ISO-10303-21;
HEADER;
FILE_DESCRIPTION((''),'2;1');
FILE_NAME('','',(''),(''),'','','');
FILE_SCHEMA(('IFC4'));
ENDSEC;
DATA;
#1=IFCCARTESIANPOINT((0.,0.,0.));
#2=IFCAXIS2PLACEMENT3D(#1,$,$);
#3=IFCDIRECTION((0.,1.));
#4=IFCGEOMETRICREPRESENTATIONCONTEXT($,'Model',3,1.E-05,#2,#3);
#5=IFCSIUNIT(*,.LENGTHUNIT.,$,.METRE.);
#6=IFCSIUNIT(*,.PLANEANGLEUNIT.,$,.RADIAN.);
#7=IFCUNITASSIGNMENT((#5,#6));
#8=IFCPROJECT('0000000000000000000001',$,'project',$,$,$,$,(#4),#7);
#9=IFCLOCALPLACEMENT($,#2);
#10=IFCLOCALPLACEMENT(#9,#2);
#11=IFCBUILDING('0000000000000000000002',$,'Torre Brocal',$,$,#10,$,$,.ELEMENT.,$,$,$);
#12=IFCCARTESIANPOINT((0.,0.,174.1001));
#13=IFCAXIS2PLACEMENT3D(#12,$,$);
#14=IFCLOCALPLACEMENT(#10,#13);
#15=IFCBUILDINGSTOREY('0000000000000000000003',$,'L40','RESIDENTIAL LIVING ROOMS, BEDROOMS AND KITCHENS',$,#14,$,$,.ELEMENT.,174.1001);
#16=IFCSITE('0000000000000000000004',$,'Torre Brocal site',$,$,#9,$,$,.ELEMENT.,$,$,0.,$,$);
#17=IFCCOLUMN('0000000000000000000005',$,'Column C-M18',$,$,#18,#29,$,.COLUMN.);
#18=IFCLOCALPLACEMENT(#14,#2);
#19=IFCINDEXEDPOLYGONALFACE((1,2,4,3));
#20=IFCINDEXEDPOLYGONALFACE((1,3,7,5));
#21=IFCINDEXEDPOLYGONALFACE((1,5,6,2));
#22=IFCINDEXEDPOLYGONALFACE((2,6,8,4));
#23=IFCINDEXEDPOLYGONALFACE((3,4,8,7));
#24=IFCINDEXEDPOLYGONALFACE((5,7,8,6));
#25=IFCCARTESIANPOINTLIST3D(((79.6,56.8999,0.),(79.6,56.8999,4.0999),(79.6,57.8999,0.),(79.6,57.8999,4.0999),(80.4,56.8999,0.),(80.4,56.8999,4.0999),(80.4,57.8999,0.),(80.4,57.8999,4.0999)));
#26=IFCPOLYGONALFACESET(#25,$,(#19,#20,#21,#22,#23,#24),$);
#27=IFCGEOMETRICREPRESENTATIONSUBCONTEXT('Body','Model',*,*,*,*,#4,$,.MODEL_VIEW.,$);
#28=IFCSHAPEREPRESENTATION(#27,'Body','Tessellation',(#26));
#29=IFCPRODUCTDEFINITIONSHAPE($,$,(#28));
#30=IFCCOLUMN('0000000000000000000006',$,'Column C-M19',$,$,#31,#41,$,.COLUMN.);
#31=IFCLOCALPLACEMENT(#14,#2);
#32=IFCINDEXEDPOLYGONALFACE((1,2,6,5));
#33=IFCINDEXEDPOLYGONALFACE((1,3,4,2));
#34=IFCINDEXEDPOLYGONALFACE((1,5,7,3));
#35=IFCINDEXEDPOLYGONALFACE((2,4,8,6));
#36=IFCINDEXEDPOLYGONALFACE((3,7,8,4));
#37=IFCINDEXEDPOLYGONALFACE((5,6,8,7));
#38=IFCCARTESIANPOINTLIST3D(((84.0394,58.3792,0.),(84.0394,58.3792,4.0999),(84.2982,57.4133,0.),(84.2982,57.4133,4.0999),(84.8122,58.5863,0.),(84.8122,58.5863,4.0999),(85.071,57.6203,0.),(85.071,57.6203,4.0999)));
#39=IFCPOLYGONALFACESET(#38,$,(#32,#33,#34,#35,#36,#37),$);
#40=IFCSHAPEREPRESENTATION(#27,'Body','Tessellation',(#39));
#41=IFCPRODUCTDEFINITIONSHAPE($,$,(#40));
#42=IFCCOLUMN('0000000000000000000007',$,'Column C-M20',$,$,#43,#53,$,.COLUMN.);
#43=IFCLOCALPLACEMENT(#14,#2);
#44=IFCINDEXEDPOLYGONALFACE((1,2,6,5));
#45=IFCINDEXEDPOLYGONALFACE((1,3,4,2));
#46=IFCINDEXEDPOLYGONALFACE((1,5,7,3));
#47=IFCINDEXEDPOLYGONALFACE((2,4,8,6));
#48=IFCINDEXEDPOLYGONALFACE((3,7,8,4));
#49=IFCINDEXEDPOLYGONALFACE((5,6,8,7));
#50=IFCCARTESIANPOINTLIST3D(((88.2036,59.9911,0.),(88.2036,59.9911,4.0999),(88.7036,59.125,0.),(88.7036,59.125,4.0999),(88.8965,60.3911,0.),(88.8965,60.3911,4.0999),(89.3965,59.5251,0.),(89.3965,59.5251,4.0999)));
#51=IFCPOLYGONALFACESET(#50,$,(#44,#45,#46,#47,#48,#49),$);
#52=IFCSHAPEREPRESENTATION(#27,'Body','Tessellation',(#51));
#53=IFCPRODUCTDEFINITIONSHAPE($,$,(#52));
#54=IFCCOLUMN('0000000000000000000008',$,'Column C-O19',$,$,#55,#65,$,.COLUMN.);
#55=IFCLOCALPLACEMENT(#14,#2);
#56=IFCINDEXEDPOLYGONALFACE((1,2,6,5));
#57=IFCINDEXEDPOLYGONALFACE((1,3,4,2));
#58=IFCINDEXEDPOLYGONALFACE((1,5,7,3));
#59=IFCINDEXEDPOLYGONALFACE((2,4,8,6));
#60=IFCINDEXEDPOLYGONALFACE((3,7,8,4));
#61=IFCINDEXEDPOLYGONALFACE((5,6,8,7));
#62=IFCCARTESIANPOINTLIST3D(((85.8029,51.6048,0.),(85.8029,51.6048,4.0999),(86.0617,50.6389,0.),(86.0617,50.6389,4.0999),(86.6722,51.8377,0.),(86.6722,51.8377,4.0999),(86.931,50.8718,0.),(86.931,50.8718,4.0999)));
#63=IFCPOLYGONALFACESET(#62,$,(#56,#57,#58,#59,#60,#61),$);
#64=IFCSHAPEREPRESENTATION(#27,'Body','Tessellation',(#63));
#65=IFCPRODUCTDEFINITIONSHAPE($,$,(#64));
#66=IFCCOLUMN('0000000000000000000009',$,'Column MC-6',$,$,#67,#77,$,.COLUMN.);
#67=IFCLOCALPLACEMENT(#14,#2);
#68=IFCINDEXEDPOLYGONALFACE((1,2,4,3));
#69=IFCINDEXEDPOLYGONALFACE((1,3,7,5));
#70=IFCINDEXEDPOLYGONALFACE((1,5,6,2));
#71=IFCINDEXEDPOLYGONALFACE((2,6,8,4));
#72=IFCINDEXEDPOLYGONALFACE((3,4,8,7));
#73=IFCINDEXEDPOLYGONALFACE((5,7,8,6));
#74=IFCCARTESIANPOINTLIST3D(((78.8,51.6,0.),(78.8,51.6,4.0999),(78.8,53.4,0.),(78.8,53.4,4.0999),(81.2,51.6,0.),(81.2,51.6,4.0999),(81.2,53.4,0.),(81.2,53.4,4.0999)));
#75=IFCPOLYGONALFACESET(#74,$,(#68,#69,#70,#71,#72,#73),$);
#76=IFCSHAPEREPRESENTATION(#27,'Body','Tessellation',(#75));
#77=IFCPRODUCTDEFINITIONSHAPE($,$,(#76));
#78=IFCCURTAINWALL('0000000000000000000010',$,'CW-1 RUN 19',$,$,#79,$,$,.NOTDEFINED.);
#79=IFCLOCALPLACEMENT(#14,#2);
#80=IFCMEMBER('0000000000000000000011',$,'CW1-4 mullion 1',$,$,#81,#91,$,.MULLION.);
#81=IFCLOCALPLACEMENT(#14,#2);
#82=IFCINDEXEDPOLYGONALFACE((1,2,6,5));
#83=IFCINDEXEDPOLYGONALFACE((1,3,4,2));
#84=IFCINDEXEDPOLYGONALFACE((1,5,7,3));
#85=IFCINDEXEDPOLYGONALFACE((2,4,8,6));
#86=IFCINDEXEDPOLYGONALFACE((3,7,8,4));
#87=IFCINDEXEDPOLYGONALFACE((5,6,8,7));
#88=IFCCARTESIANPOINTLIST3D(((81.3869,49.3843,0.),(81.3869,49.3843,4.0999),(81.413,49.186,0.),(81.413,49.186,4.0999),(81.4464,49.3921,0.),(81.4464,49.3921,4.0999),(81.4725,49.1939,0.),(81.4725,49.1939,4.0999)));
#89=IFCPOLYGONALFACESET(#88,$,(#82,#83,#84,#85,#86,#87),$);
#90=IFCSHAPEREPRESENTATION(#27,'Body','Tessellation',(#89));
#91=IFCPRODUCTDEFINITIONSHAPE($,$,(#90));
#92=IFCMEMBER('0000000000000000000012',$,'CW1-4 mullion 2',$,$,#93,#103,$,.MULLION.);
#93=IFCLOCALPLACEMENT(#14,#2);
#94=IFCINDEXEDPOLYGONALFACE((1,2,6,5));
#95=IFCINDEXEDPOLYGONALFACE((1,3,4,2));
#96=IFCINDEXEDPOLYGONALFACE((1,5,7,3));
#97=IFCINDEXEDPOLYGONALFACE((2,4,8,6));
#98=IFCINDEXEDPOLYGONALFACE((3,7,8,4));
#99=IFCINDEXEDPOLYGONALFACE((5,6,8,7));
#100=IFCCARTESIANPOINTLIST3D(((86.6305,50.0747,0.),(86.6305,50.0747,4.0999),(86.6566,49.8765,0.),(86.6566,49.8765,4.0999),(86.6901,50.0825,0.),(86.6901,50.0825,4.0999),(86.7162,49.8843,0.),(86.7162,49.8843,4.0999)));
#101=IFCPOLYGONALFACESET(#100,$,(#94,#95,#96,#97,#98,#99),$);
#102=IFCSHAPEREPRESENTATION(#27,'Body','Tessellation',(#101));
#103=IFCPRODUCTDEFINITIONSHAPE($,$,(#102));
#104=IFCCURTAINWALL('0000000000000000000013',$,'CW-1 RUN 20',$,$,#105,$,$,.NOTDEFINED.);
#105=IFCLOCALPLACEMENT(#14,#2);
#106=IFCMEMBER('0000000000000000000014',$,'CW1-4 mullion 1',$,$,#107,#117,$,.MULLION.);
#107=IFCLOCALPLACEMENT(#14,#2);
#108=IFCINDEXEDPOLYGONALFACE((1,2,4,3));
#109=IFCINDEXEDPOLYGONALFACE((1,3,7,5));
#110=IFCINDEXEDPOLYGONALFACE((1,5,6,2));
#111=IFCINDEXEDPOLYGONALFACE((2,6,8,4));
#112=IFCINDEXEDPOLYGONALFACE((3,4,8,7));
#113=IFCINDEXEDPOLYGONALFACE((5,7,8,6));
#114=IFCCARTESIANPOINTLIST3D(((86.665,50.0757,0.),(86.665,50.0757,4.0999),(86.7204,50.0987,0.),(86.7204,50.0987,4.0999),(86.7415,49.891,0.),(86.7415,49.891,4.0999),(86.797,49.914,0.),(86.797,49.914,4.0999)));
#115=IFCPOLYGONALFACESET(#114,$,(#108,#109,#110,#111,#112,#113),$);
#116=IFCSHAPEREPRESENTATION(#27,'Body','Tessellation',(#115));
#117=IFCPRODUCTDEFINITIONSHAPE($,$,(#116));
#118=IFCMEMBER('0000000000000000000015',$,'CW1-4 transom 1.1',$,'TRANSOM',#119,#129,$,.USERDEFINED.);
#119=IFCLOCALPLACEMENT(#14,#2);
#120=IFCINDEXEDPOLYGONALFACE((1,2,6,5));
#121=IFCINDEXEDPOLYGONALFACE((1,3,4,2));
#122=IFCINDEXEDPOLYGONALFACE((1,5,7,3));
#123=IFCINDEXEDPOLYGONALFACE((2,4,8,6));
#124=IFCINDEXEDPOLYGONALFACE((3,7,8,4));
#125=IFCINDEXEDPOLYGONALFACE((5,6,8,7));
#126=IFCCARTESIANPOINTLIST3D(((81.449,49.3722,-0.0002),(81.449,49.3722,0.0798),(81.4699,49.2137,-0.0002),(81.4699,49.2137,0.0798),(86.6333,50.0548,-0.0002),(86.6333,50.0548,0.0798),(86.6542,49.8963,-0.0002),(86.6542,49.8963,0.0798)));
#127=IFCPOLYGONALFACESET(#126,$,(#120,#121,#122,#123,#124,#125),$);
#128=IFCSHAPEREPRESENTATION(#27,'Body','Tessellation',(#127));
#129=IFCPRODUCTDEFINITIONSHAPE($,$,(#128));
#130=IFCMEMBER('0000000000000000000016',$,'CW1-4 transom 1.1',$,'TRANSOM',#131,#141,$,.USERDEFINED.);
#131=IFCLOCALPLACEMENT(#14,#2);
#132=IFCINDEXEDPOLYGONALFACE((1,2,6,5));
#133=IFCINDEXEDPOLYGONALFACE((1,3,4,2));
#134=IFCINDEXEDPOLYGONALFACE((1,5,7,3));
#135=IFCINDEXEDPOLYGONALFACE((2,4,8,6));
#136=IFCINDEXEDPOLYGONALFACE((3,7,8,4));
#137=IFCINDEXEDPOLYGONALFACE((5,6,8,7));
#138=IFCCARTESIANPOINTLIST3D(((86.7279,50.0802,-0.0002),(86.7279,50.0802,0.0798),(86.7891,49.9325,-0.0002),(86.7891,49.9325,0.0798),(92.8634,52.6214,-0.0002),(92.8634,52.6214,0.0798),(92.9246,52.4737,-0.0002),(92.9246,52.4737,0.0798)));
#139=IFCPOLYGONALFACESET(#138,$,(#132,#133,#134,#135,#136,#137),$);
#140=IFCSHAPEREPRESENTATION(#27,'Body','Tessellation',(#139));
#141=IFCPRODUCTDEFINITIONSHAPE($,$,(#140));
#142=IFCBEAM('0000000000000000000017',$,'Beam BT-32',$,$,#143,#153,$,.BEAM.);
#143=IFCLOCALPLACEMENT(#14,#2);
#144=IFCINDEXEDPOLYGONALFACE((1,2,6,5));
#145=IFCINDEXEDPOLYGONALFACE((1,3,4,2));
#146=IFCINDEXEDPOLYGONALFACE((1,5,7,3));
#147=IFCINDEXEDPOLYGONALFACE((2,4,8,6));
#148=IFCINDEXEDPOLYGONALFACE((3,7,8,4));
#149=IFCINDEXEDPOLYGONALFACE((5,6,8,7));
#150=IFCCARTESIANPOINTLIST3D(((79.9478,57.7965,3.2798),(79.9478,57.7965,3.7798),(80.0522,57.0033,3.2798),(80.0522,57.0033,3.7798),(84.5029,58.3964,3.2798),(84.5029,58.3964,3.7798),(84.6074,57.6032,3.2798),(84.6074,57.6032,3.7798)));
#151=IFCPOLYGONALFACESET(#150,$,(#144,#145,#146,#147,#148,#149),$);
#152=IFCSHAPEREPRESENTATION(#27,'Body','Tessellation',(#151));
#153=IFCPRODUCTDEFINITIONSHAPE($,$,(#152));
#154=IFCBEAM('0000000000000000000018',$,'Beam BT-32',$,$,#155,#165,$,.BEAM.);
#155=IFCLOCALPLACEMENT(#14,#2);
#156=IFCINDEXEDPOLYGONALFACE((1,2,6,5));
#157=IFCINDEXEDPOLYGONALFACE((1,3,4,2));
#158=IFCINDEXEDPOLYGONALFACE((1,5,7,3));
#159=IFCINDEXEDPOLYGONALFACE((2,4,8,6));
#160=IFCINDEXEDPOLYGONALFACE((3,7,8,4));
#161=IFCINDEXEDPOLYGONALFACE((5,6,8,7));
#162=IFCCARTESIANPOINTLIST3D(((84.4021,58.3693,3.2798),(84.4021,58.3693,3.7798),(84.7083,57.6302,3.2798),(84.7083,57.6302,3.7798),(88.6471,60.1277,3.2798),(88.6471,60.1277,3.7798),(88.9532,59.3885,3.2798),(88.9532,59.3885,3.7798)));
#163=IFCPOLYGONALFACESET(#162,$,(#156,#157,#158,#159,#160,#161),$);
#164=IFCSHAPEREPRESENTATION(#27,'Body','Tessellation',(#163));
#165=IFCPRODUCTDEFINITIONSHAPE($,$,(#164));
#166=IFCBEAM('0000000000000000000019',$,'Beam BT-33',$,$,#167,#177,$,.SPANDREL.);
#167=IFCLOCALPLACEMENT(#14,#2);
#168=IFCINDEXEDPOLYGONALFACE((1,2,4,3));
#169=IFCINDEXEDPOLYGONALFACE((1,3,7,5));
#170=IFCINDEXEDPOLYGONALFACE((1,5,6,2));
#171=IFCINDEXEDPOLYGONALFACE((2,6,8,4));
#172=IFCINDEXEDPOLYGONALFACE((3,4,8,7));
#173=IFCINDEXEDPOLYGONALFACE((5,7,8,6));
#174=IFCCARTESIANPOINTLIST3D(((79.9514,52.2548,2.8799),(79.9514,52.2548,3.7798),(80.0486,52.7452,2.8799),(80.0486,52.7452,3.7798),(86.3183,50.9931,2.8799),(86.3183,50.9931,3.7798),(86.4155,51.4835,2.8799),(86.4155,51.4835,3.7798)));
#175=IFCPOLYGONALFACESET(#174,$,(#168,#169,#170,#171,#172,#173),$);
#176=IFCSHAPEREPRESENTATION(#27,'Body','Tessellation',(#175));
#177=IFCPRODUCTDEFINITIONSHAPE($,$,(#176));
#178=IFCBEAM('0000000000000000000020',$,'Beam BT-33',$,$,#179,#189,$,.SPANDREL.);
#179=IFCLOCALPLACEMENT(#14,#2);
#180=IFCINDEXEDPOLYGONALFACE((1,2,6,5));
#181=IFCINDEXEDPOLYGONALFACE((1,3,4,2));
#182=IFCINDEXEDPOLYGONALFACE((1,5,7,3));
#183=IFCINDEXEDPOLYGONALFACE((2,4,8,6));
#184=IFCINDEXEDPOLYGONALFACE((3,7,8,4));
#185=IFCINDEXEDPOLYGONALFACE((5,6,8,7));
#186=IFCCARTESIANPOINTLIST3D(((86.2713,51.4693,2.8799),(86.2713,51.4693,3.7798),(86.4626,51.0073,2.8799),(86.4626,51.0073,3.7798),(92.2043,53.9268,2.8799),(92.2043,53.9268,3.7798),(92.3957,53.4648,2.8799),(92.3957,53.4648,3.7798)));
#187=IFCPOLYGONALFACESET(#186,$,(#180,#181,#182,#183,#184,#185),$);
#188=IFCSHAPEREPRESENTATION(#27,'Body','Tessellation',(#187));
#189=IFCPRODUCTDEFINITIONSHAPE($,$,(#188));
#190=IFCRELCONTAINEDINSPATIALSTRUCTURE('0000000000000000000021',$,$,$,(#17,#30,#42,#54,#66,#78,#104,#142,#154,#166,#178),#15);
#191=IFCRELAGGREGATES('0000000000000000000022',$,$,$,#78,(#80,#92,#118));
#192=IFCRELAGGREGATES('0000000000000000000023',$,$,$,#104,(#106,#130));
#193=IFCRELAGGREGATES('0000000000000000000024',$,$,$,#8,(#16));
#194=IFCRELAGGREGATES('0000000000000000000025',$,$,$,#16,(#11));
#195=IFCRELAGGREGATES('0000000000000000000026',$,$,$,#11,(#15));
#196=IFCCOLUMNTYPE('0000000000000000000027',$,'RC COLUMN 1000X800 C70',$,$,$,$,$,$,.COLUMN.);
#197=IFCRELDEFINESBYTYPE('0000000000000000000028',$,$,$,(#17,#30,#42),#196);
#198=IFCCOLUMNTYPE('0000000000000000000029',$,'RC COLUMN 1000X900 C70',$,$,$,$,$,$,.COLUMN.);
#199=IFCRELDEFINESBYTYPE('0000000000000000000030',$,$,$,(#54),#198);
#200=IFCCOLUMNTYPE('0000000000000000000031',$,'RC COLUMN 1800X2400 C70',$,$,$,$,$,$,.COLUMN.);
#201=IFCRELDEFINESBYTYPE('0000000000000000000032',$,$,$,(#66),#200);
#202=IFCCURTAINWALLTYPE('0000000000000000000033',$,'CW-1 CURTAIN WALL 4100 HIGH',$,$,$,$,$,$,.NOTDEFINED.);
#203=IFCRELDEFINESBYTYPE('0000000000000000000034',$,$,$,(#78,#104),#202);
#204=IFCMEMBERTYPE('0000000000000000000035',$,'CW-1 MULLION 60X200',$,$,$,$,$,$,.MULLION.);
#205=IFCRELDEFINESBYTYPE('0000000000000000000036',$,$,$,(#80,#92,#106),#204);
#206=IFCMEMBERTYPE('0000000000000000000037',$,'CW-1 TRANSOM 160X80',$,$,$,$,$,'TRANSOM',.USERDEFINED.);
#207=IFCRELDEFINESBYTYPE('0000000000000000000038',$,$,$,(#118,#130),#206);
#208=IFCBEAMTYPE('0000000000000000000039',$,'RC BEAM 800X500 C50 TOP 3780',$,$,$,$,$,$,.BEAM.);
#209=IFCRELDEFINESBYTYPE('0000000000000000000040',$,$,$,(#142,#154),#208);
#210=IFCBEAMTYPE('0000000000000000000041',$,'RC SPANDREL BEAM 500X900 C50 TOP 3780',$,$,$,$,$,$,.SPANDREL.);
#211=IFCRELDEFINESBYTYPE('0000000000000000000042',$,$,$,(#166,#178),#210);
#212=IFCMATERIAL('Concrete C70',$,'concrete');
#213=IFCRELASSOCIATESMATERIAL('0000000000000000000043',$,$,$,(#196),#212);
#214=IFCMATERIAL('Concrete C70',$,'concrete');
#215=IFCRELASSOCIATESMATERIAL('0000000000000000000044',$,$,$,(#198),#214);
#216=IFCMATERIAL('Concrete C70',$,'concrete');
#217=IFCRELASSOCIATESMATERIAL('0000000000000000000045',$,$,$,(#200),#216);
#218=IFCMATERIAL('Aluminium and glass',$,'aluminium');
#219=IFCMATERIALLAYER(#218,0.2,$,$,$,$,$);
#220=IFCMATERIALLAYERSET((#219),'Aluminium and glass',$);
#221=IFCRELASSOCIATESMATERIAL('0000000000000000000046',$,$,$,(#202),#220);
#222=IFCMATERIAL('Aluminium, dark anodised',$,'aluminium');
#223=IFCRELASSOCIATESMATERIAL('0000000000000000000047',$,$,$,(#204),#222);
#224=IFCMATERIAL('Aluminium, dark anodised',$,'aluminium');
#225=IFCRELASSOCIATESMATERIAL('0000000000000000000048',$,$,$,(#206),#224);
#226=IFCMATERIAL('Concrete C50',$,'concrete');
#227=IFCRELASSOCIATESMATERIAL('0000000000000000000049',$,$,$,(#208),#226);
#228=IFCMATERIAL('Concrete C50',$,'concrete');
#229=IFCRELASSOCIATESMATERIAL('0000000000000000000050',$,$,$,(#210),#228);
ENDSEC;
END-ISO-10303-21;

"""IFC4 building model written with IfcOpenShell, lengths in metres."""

from ifc_helpers import new_model, si_unit, direction, frame, origin, origin_2d, place, context, subcontext, project, spatial, rectangle, extrude, material, layer, layer_set, material_profile, profile_set, type_object, element, aggregate, save


model = new_model("IFC4")

# Units and contexts
model_context = context("Model", 3, precision=1e-05, world=origin(), true_north=direction((0.0, 1.0)))
body_context = subcontext(model_context, "Body", "Model", "MODEL_VIEW")
ifc_project = project(units=[si_unit("LENGTHUNIT", "METRE"), si_unit("PLANEANGLEUNIT", "RADIAN")], contexts=[model_context])

# Site, building, storey
site_placement = place(None, origin())
site = spatial("IfcSite", under=ifc_project, at=site_placement, Name="Torre Brocal site", CompositionType="ELEMENT", RefElevation=0.0)
building_placement = place(site_placement, origin())
building = spatial("IfcBuilding", under=site, at=building_placement, Name="Torre Brocal", CompositionType="ELEMENT")
storey_placement = place(building_placement, frame((0.0, 0.0, 174.1001)))
storey = spatial("IfcBuildingStorey", under=building, at=storey_placement, Name="L40", Description="RESIDENTIAL LIVING ROOMS, BEDROOMS AND KITCHENS", CompositionType="ELEMENT", Elevation=174.1001)

# Columns
ifc_material_1 = material(Name="Concrete C70", Category="concrete")
ifc_material_profile_1 = material_profile(ifc_material_1, rectangle(XDim=1.0, YDim=0.8, at=origin_2d()), Name="RC 1000X800")
ifc_profile_set_1 = profile_set([ifc_material_profile_1], Name="Concrete C70")
column_type_1 = type_object("IfcColumnType", Name="RC COLUMN 1000X800 C70", PredefinedType="COLUMN", material=ifc_profile_set_1)
for number, where, z_axis, x_axis, name in (
    (1, (80.0, 57.3999, 0.0), (0.0, 0.0, 1.0), (0.0, -1.0, 0.0), "Column C-M18"),
    (2, (84.5552, 57.9998, 0.0), (0.0, 0.0, 1.0), (0.258819, -0.965926, 0.0), "Column C-M19"),
    (3, (88.8, 59.7581, 0.0), (0.0, 0.0, 1.0), (0.5, -0.866025, 0.0), "Column C-M20"),
):
    element("IfcColumn", number, at=place(storey_placement, frame(where, z_axis=z_axis, x_axis=x_axis)), inside=storey, type_object=column_type_1, Name=name, PredefinedType="COLUMN", context=body_context, shape_type="SweptSolid", body=[
        extrude(rectangle(XDim=1.0, YDim=0.8, at=origin_2d()), origin(), (0.0, 0.0, 1.0), 4.0999),
    ])
ifc_material_2 = material(Name="Concrete C70", Category="concrete")
ifc_material_profile_2 = material_profile(ifc_material_2, rectangle(XDim=1.0, YDim=0.8999, at=origin_2d()), Name="RC 1000X900")
ifc_profile_set_2 = profile_set([ifc_material_profile_2], Name="Concrete C70")
column_type_2 = type_object("IfcColumnType", Name="RC COLUMN 1000X900 C70", PredefinedType="COLUMN", material=ifc_profile_set_2)
column_1_placement = place(storey_placement, frame((86.3669, 51.2383, 0.0), z_axis=(0.0, 0.0, 1.0), x_axis=(0.258819, -0.965926, 0.0)))
element("IfcColumn", 4, at=column_1_placement, inside=storey, type_object=column_type_2, Name="Column C-O19", PredefinedType="COLUMN", context=body_context, shape_type="SweptSolid", body=[
    extrude(rectangle(XDim=1.0, YDim=0.8999, at=origin_2d()), origin(), (0.0, 0.0, 1.0), 4.0999),
])
ifc_material_3 = material(Name="Concrete C70", Category="concrete")
ifc_material_profile_3 = material_profile(ifc_material_3, rectangle(XDim=1.8, YDim=2.3999, at=origin_2d()), Name="RC 1800X2400")
ifc_profile_set_3 = profile_set([ifc_material_profile_3], Name="Concrete C70")
column_type_3 = type_object("IfcColumnType", Name="RC COLUMN 1800X2400 C70", PredefinedType="COLUMN", material=ifc_profile_set_3)
column_2_placement = place(storey_placement, frame((80.0, 52.5, 0.0), z_axis=(0.0, 0.0, 1.0), x_axis=(0.0, -1.0, 0.0)))
element("IfcColumn", 5, at=column_2_placement, inside=storey, type_object=column_type_3, Name="Column MC-6", PredefinedType="COLUMN", context=body_context, shape_type="SweptSolid", body=[
    extrude(rectangle(XDim=1.8, YDim=2.3999, at=origin_2d()), origin(), (0.0, 0.0, 1.0), 4.0999),
])

# Curtain wall, members
ifc_material_4 = material(Name="Aluminium and glass", Category="aluminium")
ifc_layer_1 = layer(ifc_material_4, 0.2)
ifc_layer_set_1 = layer_set([ifc_layer_1], Name="Aluminium and glass")
curtain_wall_type = type_object("IfcCurtainWallType", Name="CW-1 CURTAIN WALL 4100 HIGH", PredefinedType="NOTDEFINED", material=ifc_layer_set_1)
curtain_wall_1_placement = place(storey_placement, origin())
curtain_wall_1 = element("IfcCurtainWall", 6, at=curtain_wall_1_placement, inside=storey, type_object=curtain_wall_type, Name="CW-1 RUN 19", PredefinedType="NOTDEFINED")
ifc_material_5 = material(Name="Aluminium, dark anodised", Category="aluminium")
ifc_material_profile_4 = material_profile(ifc_material_5, rectangle(XDim=0.2, YDim=0.0601, at=origin_2d()), Name="CW-1 MULLION 60X200")
ifc_profile_set_4 = profile_set([ifc_material_profile_4], Name="Aluminium, dark anodised")
member_type_1 = type_object("IfcMemberType", Name="CW-1 MULLION 60X200", PredefinedType="MULLION", material=ifc_profile_set_4)
member_1_placement = place(storey_placement, frame((81.4297, 49.2891, 0.0), z_axis=(0.0, 0.0, 1.0), x_axis=(-0.130526, 0.991445, 0.0)))
member_1 = element("IfcMember", 7, at=member_1_placement, type_object=member_type_1, Name="CW1-4 mullion 1", PredefinedType="MULLION", context=body_context, shape_type="SweptSolid", body=[
    extrude(rectangle(XDim=0.2, YDim=0.0601, at=origin_2d()), origin(), (0.0, 0.0, 1.0), 4.0999),
])
member_2_placement = place(storey_placement, frame((86.6733, 49.9795, 0.0), z_axis=(0.0, 0.0, 1.0), x_axis=(-0.130526, 0.991445, 0.0)))
member_2 = element("IfcMember", 8, at=member_2_placement, type_object=member_type_1, Name="CW1-4 mullion 2", PredefinedType="MULLION", context=body_context, shape_type="SweptSolid", body=[
    extrude(rectangle(XDim=0.2, YDim=0.0601, at=origin_2d()), origin(), (0.0, 0.0, 1.0), 4.0999),
])

# Curtain wall, member
curtain_wall_2_placement = place(storey_placement, origin())
curtain_wall_2 = element("IfcCurtainWall", 9, at=curtain_wall_2_placement, inside=storey, type_object=curtain_wall_type, Name="CW-1 RUN 20", PredefinedType="NOTDEFINED")
member_3_placement = place(storey_placement, frame((86.731, 49.9949, 0.0), z_axis=(0.0, 0.0, 1.0), x_axis=(-0.382683, 0.92388, 0.0)))
member_3 = element("IfcMember", 10, at=member_3_placement, type_object=member_type_1, Name="CW1-4 mullion 1", PredefinedType="MULLION", context=body_context, shape_type="SweptSolid", body=[
    extrude(rectangle(XDim=0.2, YDim=0.0601, at=origin_2d()), origin(), (0.0, 0.0, 1.0), 4.0999),
])

# Members
ifc_material_6 = material(Name="Aluminium, dark anodised", Category="aluminium")
ifc_material_profile_5 = material_profile(ifc_material_6, rectangle(XDim=0.1599, YDim=0.0801, at=origin_2d()), Name="CW-1 TRANSOM 160X80")
ifc_profile_set_5 = profile_set([ifc_material_profile_5], Name="Aluminium, dark anodised")
member_type_2 = type_object("IfcMemberType", Name="CW-1 TRANSOM 160X80", ElementType="TRANSOM", PredefinedType="USERDEFINED", material=ifc_profile_set_5)
member_4_placement = place(storey_placement, frame((81.4595, 49.293, 0.0398), z_axis=(0.991443, 0.130543, 0.0), x_axis=(-0.130543, 0.991443, 0.0)))
member_4 = element("IfcMember", 11, at=member_4_placement, type_object=member_type_2, Name="CW1-4 transom 1.1", ObjectType="TRANSOM", PredefinedType="USERDEFINED", context=body_context, shape_type="SweptSolid", body=[
    extrude(rectangle(XDim=0.1599, YDim=0.0801, at=origin_2d()), origin(), (0.0, 0.0, 1.0), 5.229),
])
member_5_placement = place(storey_placement, frame((86.7585, 50.0063, 0.0398), z_axis=(0.923887, 0.382665, 0.0), x_axis=(-0.382665, 0.923887, 0.0)))
member_5 = element("IfcMember", 12, at=member_5_placement, type_object=member_type_2, Name="CW1-4 transom 1.1", ObjectType="TRANSOM", PredefinedType="USERDEFINED", context=body_context, shape_type="SweptSolid", body=[
    extrude(rectangle(XDim=0.1599, YDim=0.0801, at=origin_2d()), origin(), (0.0, 0.0, 1.0), 6.6409),
])

# Beams
ifc_material_7 = material(Name="Concrete C50", Category="concrete")
ifc_material_profile_6 = material_profile(ifc_material_7, rectangle(XDim=0.8, YDim=0.5, at=origin_2d()), Name="RC 800X500")
ifc_profile_set_6 = profile_set([ifc_material_profile_6], Name="Concrete C50")
beam_type_1 = type_object("IfcBeamType", Name="RC BEAM 800X500 C50 TOP 3780", PredefinedType="BEAM", material=ifc_profile_set_6)
beam_1_placement = place(storey_placement, frame((80.0, 57.3999, 3.5298), z_axis=(0.991441, 0.130559, 0.0), x_axis=(-0.130559, 0.991441, 0.0)))
element("IfcBeam", 13, at=beam_1_placement, inside=storey, type_object=beam_type_1, Name="Beam BT-32", PredefinedType="BEAM", context=body_context, shape_type="SweptSolid", body=[
    extrude(rectangle(XDim=0.8, YDim=0.5, at=origin_2d()), origin(), (0.0, 0.0, 1.0), 4.5945),
])
beam_2_placement = place(storey_placement, frame((84.5552, 57.9998, 3.5298), z_axis=(0.923878, 0.382687, 0.0), x_axis=(-0.382687, 0.923878, 0.0)))
element("IfcBeam", 14, at=beam_2_placement, inside=storey, type_object=beam_type_1, Name="Beam BT-32", PredefinedType="BEAM", context=body_context, shape_type="SweptSolid", body=[
    extrude(rectangle(XDim=0.8, YDim=0.5, at=origin_2d()), origin(), (0.0, 0.0, 1.0), 4.5947),
])
ifc_material_8 = material(Name="Concrete C50", Category="concrete")
ifc_material_profile_7 = material_profile(ifc_material_8, rectangle(XDim=0.5, YDim=0.8999, at=origin_2d()), Name="RC 500X900")
ifc_profile_set_7 = profile_set([ifc_material_profile_7], Name="Concrete C50")
beam_type_2 = type_object("IfcBeamType", Name="RC SPANDREL BEAM 500X900 C50 TOP 3780", PredefinedType="SPANDREL", material=ifc_profile_set_7)
beam_3_placement = place(storey_placement, frame((80.0, 52.5, 3.3298), z_axis=(0.980925, -0.194387, 0.0), x_axis=(0.194387, 0.980925, 0.0)))
element("IfcBeam", 15, at=beam_3_placement, inside=storey, type_object=beam_type_2, Name="Beam BT-33", PredefinedType="SPANDREL", context=body_context, shape_type="SweptSolid", body=[
    extrude(rectangle(XDim=0.5, YDim=0.8999, at=origin_2d()), origin(), (0.0, 0.0, 1.0), 6.4907),
])
beam_4_placement = place(storey_placement, frame((86.3669, 51.2383, 3.3298), z_axis=(0.923882, 0.382676, 0.0), x_axis=(-0.382676, 0.923882, 0.0)))
element("IfcBeam", 16, at=beam_4_placement, inside=storey, type_object=beam_type_2, Name="Beam BT-33", PredefinedType="SPANDREL", context=body_context, shape_type="SweptSolid", body=[
    extrude(rectangle(XDim=0.5, YDim=0.8999, at=origin_2d()), origin(), (0.0, 0.0, 1.0), 6.4219),
])

aggregate(curtain_wall_1, [member_1, member_2, member_4])
aggregate(curtain_wall_2, [member_3, member_5])

save(model, "model.ifc")
